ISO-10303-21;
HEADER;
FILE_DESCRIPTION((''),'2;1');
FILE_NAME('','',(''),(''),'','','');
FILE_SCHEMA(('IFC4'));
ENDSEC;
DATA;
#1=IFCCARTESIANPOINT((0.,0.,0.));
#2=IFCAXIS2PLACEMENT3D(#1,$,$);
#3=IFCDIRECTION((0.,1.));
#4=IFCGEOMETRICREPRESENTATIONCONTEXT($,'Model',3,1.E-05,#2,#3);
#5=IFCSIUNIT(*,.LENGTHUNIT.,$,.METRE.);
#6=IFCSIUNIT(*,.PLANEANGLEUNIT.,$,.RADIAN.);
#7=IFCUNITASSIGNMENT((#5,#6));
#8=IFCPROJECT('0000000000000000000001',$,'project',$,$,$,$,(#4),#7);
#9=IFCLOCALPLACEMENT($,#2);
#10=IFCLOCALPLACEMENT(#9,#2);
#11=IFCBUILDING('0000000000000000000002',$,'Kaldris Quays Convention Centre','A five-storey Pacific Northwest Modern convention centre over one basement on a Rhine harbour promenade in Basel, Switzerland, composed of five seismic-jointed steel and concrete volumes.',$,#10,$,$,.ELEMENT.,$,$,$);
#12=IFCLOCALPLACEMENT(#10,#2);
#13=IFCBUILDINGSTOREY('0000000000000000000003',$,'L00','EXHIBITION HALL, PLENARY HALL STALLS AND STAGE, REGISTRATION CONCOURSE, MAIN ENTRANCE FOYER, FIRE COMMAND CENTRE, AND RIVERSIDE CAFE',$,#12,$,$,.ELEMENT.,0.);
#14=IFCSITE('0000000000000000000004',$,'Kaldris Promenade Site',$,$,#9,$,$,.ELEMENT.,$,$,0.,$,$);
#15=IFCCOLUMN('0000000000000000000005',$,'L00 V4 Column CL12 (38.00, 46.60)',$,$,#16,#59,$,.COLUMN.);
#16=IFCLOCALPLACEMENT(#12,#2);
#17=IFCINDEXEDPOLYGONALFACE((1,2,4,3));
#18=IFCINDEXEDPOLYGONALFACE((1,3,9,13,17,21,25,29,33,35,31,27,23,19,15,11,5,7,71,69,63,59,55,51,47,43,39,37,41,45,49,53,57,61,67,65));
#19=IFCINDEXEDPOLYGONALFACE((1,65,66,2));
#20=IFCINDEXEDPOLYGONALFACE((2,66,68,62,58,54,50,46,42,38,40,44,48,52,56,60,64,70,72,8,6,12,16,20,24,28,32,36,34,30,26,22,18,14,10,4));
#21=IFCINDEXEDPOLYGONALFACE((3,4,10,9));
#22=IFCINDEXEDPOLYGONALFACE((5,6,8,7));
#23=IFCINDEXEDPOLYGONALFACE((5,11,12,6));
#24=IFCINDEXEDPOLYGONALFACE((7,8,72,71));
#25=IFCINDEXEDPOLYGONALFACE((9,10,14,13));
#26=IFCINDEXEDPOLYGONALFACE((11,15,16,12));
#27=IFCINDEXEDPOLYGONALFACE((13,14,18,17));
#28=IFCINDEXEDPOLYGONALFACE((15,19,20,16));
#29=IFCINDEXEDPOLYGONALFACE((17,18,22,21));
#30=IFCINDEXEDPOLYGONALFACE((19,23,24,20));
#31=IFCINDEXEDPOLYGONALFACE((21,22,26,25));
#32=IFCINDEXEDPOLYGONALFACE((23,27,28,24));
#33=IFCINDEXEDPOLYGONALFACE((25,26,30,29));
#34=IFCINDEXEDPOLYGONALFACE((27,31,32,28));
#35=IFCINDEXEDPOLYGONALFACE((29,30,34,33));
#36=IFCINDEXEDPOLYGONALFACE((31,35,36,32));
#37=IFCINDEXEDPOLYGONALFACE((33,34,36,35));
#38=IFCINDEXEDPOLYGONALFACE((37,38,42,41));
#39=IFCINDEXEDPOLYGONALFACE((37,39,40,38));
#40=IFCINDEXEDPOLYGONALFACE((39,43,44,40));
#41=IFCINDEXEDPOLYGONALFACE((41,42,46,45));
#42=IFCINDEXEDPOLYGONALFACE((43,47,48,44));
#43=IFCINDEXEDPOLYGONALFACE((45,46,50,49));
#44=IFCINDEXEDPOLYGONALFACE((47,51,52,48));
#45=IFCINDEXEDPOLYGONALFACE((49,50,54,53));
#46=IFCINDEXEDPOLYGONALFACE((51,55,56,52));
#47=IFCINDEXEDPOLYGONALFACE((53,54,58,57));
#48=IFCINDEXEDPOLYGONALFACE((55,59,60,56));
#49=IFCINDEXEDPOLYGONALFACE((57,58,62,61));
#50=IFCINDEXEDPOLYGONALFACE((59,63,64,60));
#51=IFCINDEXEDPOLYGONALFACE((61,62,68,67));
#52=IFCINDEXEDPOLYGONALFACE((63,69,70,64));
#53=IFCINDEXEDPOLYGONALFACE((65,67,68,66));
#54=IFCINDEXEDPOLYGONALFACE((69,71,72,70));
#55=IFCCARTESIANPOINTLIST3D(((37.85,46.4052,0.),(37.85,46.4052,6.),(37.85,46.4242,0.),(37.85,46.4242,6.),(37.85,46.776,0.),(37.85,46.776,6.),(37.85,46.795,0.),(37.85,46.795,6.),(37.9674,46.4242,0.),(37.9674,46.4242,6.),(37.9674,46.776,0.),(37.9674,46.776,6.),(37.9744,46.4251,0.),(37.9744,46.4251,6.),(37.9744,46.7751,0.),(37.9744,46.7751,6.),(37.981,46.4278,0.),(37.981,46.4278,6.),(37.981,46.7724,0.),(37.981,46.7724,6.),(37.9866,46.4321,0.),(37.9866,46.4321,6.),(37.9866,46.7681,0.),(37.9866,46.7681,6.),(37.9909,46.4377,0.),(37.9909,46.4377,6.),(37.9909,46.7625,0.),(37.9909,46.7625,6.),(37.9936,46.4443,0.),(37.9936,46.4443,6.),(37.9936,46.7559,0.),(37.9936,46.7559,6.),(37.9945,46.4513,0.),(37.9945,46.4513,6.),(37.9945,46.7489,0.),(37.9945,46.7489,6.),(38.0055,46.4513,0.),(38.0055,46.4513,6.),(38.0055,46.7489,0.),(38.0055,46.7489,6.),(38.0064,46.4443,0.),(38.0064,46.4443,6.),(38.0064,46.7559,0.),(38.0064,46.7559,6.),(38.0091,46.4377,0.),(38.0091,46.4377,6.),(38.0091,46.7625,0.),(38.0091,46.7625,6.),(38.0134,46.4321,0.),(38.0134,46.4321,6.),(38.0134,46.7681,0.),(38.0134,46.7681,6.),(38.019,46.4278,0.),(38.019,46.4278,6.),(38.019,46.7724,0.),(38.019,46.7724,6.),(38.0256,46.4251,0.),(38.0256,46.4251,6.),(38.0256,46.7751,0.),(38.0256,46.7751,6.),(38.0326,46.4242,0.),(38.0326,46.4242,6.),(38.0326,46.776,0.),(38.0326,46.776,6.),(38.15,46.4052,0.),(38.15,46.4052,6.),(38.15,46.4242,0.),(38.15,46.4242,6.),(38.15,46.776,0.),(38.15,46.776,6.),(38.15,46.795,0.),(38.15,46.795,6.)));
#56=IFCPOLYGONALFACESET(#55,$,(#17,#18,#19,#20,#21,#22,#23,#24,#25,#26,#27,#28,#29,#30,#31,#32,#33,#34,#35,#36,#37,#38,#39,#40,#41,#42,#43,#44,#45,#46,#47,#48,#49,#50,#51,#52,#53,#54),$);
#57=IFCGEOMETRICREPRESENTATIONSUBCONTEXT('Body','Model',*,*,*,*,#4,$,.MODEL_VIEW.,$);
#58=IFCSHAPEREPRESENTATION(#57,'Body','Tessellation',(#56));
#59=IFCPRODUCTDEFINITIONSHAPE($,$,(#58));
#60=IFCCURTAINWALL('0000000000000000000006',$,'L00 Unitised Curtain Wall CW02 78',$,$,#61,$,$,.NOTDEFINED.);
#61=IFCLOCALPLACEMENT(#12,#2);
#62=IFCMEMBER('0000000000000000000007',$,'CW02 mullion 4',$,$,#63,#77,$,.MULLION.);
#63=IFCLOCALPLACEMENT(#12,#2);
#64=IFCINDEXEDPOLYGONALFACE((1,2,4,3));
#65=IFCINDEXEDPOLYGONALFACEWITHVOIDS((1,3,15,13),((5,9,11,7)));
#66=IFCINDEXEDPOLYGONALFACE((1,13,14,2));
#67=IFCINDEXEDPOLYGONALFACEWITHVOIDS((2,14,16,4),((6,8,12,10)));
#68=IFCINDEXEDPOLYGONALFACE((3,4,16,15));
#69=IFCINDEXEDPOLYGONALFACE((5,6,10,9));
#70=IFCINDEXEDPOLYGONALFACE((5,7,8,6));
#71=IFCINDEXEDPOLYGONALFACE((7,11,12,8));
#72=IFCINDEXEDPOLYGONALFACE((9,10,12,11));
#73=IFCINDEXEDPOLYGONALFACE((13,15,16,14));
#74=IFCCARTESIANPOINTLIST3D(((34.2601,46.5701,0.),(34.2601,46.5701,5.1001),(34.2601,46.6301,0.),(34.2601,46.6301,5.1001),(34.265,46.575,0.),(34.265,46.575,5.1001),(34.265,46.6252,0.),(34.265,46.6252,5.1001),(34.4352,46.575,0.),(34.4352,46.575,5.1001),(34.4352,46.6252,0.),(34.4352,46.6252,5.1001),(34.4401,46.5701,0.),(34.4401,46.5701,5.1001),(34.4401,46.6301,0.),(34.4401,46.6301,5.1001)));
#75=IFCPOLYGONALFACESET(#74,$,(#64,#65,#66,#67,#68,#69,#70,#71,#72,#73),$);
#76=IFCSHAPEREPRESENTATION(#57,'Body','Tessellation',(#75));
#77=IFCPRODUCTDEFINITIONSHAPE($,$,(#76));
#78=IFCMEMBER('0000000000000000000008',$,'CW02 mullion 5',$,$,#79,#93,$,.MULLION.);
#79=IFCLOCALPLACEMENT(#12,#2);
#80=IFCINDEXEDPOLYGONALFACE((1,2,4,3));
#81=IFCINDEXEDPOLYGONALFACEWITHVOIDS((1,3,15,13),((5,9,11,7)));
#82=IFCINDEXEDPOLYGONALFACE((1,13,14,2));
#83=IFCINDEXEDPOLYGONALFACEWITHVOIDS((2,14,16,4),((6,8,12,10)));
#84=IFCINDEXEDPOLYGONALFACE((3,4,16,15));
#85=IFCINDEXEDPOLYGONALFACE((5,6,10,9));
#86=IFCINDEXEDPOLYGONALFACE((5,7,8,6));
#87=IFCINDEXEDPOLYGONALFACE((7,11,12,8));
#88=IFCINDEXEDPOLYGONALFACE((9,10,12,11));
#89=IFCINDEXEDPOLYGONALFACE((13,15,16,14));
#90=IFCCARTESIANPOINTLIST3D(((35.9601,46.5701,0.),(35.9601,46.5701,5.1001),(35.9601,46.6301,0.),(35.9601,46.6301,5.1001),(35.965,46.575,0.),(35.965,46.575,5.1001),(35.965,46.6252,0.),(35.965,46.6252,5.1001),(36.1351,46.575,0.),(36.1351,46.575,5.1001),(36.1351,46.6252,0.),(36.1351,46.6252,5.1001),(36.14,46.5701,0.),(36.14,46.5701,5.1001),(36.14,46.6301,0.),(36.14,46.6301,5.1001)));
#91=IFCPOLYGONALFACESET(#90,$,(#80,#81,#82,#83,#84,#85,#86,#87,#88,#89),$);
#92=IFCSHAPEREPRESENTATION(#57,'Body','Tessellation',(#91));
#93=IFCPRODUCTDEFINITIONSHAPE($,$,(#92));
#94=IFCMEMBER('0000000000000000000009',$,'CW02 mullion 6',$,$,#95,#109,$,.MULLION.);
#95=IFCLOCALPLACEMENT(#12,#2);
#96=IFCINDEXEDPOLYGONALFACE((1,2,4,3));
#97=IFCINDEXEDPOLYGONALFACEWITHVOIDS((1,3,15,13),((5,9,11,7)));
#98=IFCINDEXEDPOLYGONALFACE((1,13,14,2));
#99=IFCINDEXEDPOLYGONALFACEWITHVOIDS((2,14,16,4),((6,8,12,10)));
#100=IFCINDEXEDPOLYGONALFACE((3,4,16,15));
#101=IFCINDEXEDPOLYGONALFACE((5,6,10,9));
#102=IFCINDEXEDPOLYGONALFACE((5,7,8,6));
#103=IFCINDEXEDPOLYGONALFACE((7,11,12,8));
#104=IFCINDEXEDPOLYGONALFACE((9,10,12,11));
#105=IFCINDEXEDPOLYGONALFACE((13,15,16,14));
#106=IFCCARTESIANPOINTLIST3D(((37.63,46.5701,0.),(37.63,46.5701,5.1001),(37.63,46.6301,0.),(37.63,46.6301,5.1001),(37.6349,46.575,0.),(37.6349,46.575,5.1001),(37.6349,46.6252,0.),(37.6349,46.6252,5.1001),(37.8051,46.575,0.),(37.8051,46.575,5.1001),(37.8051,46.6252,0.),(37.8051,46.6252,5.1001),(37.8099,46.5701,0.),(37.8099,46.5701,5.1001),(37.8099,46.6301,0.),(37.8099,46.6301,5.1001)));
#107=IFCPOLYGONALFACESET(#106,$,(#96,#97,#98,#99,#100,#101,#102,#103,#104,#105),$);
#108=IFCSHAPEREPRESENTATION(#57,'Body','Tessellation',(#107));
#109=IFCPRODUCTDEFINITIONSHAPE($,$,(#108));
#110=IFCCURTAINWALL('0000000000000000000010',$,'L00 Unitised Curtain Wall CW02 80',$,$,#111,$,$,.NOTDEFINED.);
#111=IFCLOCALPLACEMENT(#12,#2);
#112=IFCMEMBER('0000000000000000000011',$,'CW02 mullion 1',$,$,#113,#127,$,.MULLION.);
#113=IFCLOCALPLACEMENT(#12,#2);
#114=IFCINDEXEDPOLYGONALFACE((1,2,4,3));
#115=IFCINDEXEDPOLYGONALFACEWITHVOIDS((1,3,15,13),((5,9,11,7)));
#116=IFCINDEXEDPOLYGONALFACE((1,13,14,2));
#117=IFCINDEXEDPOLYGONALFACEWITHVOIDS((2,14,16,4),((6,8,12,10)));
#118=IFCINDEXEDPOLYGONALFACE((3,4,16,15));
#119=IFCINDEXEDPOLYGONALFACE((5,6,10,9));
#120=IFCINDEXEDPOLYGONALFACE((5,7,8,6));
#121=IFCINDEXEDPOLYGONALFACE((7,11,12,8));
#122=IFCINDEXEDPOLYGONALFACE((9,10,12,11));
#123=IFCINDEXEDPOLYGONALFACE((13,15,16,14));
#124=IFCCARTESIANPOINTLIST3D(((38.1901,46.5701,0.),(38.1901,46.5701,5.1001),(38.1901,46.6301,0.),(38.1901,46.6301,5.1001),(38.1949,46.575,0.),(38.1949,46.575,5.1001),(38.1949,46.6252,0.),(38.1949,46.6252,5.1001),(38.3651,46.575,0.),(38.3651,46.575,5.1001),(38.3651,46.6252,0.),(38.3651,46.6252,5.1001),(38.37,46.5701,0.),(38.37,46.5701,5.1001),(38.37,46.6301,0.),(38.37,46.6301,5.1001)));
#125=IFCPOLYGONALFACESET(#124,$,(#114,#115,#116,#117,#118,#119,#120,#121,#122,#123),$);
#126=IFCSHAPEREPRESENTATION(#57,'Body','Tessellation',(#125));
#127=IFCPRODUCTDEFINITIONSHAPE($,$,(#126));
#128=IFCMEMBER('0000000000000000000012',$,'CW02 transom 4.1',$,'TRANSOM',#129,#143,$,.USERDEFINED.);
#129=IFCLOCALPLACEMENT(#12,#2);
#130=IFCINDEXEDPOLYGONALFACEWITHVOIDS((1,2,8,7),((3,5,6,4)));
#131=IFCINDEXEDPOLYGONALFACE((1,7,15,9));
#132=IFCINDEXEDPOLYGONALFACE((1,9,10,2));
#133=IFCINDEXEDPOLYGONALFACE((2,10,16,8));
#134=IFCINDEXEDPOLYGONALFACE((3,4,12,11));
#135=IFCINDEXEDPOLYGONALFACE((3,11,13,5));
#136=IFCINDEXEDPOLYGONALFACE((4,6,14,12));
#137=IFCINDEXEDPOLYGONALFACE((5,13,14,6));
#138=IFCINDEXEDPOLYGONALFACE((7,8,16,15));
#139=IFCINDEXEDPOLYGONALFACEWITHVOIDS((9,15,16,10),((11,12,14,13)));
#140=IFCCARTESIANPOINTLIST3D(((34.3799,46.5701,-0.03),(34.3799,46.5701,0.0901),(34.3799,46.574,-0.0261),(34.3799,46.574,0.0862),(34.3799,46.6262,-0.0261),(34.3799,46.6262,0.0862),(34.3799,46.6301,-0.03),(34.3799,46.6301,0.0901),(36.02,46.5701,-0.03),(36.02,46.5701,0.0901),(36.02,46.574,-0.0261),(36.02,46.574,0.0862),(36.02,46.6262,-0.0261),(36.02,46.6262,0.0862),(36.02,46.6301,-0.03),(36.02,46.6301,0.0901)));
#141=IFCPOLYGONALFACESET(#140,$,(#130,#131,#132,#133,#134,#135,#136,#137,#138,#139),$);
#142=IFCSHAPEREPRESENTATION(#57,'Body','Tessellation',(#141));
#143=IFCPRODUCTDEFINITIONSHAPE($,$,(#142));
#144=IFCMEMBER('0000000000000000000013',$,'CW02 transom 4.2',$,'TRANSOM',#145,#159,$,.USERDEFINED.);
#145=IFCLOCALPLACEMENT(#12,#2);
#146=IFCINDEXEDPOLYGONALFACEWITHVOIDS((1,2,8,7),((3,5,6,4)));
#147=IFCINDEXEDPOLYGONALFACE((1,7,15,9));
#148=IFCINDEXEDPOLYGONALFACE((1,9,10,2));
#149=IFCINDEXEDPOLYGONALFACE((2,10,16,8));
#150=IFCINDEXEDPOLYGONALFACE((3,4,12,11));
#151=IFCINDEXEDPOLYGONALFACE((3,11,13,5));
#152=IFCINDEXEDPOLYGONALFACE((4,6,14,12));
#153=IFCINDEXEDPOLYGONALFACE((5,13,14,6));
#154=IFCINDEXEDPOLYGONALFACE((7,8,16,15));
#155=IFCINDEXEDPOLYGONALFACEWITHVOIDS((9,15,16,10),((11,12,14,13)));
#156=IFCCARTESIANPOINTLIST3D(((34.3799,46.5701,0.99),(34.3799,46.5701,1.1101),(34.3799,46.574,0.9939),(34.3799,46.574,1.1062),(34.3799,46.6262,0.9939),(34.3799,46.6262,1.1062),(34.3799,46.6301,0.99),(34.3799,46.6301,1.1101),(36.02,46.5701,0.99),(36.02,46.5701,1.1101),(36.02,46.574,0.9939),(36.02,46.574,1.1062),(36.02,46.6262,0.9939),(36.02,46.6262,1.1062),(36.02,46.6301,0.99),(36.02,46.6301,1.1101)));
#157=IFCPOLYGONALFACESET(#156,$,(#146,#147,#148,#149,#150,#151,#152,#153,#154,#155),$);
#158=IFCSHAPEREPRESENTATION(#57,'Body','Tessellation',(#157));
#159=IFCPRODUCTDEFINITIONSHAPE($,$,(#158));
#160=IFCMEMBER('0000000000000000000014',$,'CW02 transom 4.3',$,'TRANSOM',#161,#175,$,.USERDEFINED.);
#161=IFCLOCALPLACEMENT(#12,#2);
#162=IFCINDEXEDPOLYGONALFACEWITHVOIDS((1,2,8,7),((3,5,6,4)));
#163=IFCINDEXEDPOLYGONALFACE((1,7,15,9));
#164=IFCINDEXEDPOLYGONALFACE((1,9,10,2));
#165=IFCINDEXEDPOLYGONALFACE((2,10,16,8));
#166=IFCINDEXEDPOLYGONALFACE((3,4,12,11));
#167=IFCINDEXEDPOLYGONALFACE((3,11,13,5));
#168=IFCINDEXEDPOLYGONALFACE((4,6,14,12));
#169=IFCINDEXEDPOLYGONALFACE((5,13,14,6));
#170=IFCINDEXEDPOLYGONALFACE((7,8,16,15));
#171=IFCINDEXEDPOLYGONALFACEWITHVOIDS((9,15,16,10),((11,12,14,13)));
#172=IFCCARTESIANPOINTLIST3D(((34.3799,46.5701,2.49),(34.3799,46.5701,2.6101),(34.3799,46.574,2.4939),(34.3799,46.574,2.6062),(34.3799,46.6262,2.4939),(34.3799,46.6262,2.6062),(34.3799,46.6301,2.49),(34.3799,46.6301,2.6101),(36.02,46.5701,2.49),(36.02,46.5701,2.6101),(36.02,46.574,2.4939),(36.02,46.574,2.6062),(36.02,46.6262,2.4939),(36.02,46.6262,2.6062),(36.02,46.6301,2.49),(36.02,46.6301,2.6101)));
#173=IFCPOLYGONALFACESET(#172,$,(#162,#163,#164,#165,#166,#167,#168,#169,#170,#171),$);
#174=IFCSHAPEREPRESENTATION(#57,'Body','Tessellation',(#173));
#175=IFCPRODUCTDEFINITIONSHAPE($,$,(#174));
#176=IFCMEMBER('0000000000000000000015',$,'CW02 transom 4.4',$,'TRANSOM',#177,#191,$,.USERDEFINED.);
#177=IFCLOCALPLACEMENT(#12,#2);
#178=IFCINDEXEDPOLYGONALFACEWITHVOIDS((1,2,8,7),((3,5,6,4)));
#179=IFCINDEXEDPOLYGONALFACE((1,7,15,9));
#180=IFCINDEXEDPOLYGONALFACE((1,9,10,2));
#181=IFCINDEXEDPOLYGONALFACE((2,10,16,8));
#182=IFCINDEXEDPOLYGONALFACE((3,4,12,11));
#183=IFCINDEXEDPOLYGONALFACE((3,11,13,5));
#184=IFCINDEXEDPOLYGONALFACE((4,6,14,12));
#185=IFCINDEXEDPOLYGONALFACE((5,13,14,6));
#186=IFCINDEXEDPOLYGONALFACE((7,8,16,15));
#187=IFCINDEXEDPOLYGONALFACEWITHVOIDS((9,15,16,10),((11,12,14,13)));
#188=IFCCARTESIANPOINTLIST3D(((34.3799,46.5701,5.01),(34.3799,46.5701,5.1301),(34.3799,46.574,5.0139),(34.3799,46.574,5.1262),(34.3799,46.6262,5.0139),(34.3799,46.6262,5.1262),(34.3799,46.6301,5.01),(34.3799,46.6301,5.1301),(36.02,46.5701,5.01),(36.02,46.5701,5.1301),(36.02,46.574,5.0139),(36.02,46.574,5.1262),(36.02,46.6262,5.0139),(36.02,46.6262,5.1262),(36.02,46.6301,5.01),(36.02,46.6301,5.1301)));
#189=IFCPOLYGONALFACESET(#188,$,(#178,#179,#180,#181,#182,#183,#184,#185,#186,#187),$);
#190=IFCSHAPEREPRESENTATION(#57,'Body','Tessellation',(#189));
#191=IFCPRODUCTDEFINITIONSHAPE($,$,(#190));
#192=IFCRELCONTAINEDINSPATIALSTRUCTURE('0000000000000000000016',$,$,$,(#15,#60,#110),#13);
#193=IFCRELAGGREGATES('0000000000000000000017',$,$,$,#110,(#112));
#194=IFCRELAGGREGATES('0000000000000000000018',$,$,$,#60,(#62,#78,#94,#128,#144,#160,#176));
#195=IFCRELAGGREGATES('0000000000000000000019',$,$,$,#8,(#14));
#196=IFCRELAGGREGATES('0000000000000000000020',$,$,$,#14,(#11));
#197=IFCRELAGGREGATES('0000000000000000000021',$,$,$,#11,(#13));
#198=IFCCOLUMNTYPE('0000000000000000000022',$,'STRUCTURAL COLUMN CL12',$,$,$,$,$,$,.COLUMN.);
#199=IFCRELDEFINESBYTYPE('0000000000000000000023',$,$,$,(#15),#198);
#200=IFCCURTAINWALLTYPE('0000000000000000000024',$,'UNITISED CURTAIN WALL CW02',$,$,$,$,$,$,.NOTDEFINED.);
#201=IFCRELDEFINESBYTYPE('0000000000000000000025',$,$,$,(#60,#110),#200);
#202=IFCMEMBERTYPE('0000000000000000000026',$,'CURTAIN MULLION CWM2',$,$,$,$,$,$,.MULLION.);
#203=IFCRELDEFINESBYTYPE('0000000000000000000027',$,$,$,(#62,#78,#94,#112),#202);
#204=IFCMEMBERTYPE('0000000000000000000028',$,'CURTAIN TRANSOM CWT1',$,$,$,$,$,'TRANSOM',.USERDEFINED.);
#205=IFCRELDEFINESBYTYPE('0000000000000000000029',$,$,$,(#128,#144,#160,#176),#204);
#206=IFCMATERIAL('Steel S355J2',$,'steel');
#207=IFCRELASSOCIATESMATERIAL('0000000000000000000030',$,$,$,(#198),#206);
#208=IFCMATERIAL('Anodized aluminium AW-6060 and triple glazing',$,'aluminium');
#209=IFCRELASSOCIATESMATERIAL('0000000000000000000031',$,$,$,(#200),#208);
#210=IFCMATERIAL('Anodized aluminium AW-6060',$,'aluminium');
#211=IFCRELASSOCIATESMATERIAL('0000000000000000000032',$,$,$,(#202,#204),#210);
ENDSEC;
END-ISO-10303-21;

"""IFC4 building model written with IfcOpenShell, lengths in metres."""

from ifc_helpers import new_model, si_unit, direction, frame, origin, origin_2d, place, context, subcontext, project, spatial, hollow_rectangle, i_section, extrude, material, material_profile, profile_set, type_object, element, aggregate, save


model = new_model("IFC4")

# Units and contexts
model_context = context("Model", 3, precision=1e-05, world=origin(), true_north=direction((0.0, 1.0)))
body_context = subcontext(model_context, "Body", "Model", "MODEL_VIEW")
ifc_project = project(units=[si_unit("LENGTHUNIT", "METRE"), si_unit("PLANEANGLEUNIT", "RADIAN")], contexts=[model_context])

# Site, building, storey
site_placement = place(None, origin())
site = spatial("IfcSite", under=ifc_project, at=site_placement, Name="Kaldris Promenade Site", CompositionType="ELEMENT", RefElevation=0.0)
building_placement = place(site_placement, origin())
building = spatial("IfcBuilding", under=site, at=building_placement, Name="Kaldris Quays Convention Centre", Description="A five-storey Pacific Northwest Modern convention centre over one basement on a Rhine harbour promenade in Basel, Switzerland, composed of five seismic-jointed steel and concrete volumes.", CompositionType="ELEMENT")
storey_placement = place(building_placement, origin())
storey = spatial("IfcBuildingStorey", under=building, at=storey_placement, Name="L00", Description="EXHIBITION HALL, PLENARY HALL STALLS AND STAGE, REGISTRATION CONCOURSE, MAIN ENTRANCE FOYER, FIRE COMMAND CENTRE, AND RIVERSIDE CAFE", CompositionType="ELEMENT", Elevation=0.0)

# Column
ifc_material_1 = material(Name="Steel S355J2", Category="steel")
ifc_material_profile_1 = material_profile(ifc_material_1, i_section(OverallWidth=0.3, OverallDepth=0.3899, WebThickness=0.011, FlangeThickness=0.019, FilletRadius=0.0271, at=origin_2d()), Name="HEA 400")
ifc_profile_set_1 = profile_set([ifc_material_profile_1], Name="Steel S355J2")
column_type = type_object("IfcColumnType", Name="STRUCTURAL COLUMN CL12", PredefinedType="COLUMN", material=ifc_profile_set_1)
column_placement = place(storey_placement, frame((38.0, 46.6001, 0.0), z_axis=(0.0, 0.0, 1.0), x_axis=(1.0, 0.0, 0.0)))
element("IfcColumn", 1, at=column_placement, inside=storey, type_object=column_type, Name="L00 V4 Column CL12 (38.00, 46.60)", PredefinedType="COLUMN", context=body_context, shape_type="SweptSolid", body=[
    extrude(i_section(OverallWidth=0.3, OverallDepth=0.3899, WebThickness=0.011, FlangeThickness=0.019, FilletRadius=0.0271, at=origin_2d()), origin(), (0.0, 0.0, 1.0), 6.0),
])

# Curtain wall, members
ifc_material_2 = material(Name="Anodized aluminium AW-6060 and triple glazing", Category="aluminium")
curtain_wall_type = type_object("IfcCurtainWallType", Name="UNITISED CURTAIN WALL CW02", PredefinedType="NOTDEFINED", material=ifc_material_2)
curtain_wall_1_placement = place(storey_placement, origin())
curtain_wall_1 = element("IfcCurtainWall", 2, at=curtain_wall_1_placement, inside=storey, type_object=curtain_wall_type, Name="L00 Unitised Curtain Wall CW02 78", PredefinedType="NOTDEFINED")
ifc_material_3 = material(Name="Anodized aluminium AW-6060", Category="aluminium")
ifc_material_profile_2 = material_profile(ifc_material_3, hollow_rectangle(XDim=0.0601, YDim=0.1799, WallThickness=0.0049, at=origin_2d()), Name="RHS 180x60x5")
ifc_profile_set_2 = profile_set([ifc_material_profile_2], Name="Anodized aluminium AW-6060")
member_type_1 = type_object("IfcMemberType", Name="CURTAIN MULLION CWM2", PredefinedType="MULLION", material=ifc_profile_set_2)
member_1_placement = place(storey_placement, frame((34.3501, 46.6001, 0.0), z_axis=(0.0, 0.0, 1.0), x_axis=(0.0, 1.0, 0.0)))
member_1 = element("IfcMember", 3, at=member_1_placement, type_object=member_type_1, Name="CW02 mullion 4", PredefinedType="MULLION", context=body_context, shape_type="SweptSolid", body=[
    extrude(hollow_rectangle(XDim=0.0601, YDim=0.1799, WallThickness=0.0049, at=origin_2d()), origin(), (0.0, 0.0, 1.0), 5.1001),
])
member_2_placement = place(storey_placement, frame((36.05, 46.6001, 0.0), z_axis=(0.0, 0.0, 1.0), x_axis=(0.0, 1.0, 0.0)))
member_2 = element("IfcMember", 4, at=member_2_placement, type_object=member_type_1, Name="CW02 mullion 5", PredefinedType="MULLION", context=body_context, shape_type="SweptSolid", body=[
    extrude(hollow_rectangle(XDim=0.0601, YDim=0.1799, WallThickness=0.0049, at=origin_2d()), origin(), (0.0, 0.0, 1.0), 5.1001),
])
member_3_placement = place(storey_placement, frame((37.72, 46.6001, 0.0), z_axis=(0.0, 0.0, 1.0), x_axis=(0.0, 1.0, 0.0)))
member_3 = element("IfcMember", 5, at=member_3_placement, type_object=member_type_1, Name="CW02 mullion 6", PredefinedType="MULLION", context=body_context, shape_type="SweptSolid", body=[
    extrude(hollow_rectangle(XDim=0.0601, YDim=0.1799, WallThickness=0.0049, at=origin_2d()), origin(), (0.0, 0.0, 1.0), 5.1001),
])

# Curtain wall, member
curtain_wall_2_placement = place(storey_placement, origin())
curtain_wall_2 = element("IfcCurtainWall", 6, at=curtain_wall_2_placement, inside=storey, type_object=curtain_wall_type, Name="L00 Unitised Curtain Wall CW02 80", PredefinedType="NOTDEFINED")
member_4_placement = place(storey_placement, frame((38.28, 46.6001, 0.0), z_axis=(0.0, 0.0, 1.0), x_axis=(0.0, 1.0, 0.0)))
member_4 = element("IfcMember", 7, at=member_4_placement, type_object=member_type_1, Name="CW02 mullion 1", PredefinedType="MULLION", context=body_context, shape_type="SweptSolid", body=[
    extrude(hollow_rectangle(XDim=0.0601, YDim=0.1799, WallThickness=0.0049, at=origin_2d()), origin(), (0.0, 0.0, 1.0), 5.1001),
])
aggregate(curtain_wall_2, [member_4])

# Members
ifc_material_profile_3 = material_profile(ifc_material_3, hollow_rectangle(XDim=0.0601, YDim=0.1201, WallThickness=0.0039, at=origin_2d()), Name="RHS 120x60x4")
ifc_profile_set_3 = profile_set([ifc_material_profile_3], Name="Anodized aluminium AW-6060")
member_type_2 = type_object("IfcMemberType", Name="CURTAIN TRANSOM CWT1", ElementType="TRANSOM", PredefinedType="USERDEFINED", material=ifc_profile_set_3)
member_5_placement = place(storey_placement, frame((34.3799, 46.6001, 0.03), z_axis=(1.0, 0.0, 0.0), x_axis=(0.0, 1.0, 0.0)))
member_5 = element("IfcMember", 8, at=member_5_placement, type_object=member_type_2, Name="CW02 transom 4.1", ObjectType="TRANSOM", PredefinedType="USERDEFINED", context=body_context, shape_type="SweptSolid", body=[
    extrude(hollow_rectangle(XDim=0.0601, YDim=0.1201, WallThickness=0.0039, at=origin_2d()), origin(), (0.0, 0.0, 1.0), 1.6401),
])
member_6_placement = place(storey_placement, frame((34.3799, 46.6001, 1.05), z_axis=(1.0, 0.0, 0.0), x_axis=(0.0, 1.0, 0.0)))
member_6 = element("IfcMember", 9, at=member_6_placement, type_object=member_type_2, Name="CW02 transom 4.2", ObjectType="TRANSOM", PredefinedType="USERDEFINED", context=body_context, shape_type="SweptSolid", body=[
    extrude(hollow_rectangle(XDim=0.0601, YDim=0.1201, WallThickness=0.0039, at=origin_2d()), origin(), (0.0, 0.0, 1.0), 1.6401),
])
member_7_placement = place(storey_placement, frame((34.3799, 46.6001, 2.55), z_axis=(1.0, 0.0, 0.0), x_axis=(0.0, 1.0, 0.0)))
member_7 = element("IfcMember", 10, at=member_7_placement, type_object=member_type_2, Name="CW02 transom 4.3", ObjectType="TRANSOM", PredefinedType="USERDEFINED", context=body_context, shape_type="SweptSolid", body=[
    extrude(hollow_rectangle(XDim=0.0601, YDim=0.1201, WallThickness=0.0039, at=origin_2d()), origin(), (0.0, 0.0, 1.0), 1.6401),
])
member_8_placement = place(storey_placement, frame((34.3799, 46.6001, 5.0701), z_axis=(1.0, 0.0, 0.0), x_axis=(0.0, 1.0, 0.0)))
member_8 = element("IfcMember", 11, at=member_8_placement, type_object=member_type_2, Name="CW02 transom 4.4", ObjectType="TRANSOM", PredefinedType="USERDEFINED", context=body_context, shape_type="SweptSolid", body=[
    extrude(hollow_rectangle(XDim=0.0601, YDim=0.1201, WallThickness=0.0039, at=origin_2d()), origin(), (0.0, 0.0, 1.0), 1.6401),
])

aggregate(curtain_wall_1, [member_1, member_2, member_3, member_5, member_6, member_7, member_8])

save(model, "model.ifc")
